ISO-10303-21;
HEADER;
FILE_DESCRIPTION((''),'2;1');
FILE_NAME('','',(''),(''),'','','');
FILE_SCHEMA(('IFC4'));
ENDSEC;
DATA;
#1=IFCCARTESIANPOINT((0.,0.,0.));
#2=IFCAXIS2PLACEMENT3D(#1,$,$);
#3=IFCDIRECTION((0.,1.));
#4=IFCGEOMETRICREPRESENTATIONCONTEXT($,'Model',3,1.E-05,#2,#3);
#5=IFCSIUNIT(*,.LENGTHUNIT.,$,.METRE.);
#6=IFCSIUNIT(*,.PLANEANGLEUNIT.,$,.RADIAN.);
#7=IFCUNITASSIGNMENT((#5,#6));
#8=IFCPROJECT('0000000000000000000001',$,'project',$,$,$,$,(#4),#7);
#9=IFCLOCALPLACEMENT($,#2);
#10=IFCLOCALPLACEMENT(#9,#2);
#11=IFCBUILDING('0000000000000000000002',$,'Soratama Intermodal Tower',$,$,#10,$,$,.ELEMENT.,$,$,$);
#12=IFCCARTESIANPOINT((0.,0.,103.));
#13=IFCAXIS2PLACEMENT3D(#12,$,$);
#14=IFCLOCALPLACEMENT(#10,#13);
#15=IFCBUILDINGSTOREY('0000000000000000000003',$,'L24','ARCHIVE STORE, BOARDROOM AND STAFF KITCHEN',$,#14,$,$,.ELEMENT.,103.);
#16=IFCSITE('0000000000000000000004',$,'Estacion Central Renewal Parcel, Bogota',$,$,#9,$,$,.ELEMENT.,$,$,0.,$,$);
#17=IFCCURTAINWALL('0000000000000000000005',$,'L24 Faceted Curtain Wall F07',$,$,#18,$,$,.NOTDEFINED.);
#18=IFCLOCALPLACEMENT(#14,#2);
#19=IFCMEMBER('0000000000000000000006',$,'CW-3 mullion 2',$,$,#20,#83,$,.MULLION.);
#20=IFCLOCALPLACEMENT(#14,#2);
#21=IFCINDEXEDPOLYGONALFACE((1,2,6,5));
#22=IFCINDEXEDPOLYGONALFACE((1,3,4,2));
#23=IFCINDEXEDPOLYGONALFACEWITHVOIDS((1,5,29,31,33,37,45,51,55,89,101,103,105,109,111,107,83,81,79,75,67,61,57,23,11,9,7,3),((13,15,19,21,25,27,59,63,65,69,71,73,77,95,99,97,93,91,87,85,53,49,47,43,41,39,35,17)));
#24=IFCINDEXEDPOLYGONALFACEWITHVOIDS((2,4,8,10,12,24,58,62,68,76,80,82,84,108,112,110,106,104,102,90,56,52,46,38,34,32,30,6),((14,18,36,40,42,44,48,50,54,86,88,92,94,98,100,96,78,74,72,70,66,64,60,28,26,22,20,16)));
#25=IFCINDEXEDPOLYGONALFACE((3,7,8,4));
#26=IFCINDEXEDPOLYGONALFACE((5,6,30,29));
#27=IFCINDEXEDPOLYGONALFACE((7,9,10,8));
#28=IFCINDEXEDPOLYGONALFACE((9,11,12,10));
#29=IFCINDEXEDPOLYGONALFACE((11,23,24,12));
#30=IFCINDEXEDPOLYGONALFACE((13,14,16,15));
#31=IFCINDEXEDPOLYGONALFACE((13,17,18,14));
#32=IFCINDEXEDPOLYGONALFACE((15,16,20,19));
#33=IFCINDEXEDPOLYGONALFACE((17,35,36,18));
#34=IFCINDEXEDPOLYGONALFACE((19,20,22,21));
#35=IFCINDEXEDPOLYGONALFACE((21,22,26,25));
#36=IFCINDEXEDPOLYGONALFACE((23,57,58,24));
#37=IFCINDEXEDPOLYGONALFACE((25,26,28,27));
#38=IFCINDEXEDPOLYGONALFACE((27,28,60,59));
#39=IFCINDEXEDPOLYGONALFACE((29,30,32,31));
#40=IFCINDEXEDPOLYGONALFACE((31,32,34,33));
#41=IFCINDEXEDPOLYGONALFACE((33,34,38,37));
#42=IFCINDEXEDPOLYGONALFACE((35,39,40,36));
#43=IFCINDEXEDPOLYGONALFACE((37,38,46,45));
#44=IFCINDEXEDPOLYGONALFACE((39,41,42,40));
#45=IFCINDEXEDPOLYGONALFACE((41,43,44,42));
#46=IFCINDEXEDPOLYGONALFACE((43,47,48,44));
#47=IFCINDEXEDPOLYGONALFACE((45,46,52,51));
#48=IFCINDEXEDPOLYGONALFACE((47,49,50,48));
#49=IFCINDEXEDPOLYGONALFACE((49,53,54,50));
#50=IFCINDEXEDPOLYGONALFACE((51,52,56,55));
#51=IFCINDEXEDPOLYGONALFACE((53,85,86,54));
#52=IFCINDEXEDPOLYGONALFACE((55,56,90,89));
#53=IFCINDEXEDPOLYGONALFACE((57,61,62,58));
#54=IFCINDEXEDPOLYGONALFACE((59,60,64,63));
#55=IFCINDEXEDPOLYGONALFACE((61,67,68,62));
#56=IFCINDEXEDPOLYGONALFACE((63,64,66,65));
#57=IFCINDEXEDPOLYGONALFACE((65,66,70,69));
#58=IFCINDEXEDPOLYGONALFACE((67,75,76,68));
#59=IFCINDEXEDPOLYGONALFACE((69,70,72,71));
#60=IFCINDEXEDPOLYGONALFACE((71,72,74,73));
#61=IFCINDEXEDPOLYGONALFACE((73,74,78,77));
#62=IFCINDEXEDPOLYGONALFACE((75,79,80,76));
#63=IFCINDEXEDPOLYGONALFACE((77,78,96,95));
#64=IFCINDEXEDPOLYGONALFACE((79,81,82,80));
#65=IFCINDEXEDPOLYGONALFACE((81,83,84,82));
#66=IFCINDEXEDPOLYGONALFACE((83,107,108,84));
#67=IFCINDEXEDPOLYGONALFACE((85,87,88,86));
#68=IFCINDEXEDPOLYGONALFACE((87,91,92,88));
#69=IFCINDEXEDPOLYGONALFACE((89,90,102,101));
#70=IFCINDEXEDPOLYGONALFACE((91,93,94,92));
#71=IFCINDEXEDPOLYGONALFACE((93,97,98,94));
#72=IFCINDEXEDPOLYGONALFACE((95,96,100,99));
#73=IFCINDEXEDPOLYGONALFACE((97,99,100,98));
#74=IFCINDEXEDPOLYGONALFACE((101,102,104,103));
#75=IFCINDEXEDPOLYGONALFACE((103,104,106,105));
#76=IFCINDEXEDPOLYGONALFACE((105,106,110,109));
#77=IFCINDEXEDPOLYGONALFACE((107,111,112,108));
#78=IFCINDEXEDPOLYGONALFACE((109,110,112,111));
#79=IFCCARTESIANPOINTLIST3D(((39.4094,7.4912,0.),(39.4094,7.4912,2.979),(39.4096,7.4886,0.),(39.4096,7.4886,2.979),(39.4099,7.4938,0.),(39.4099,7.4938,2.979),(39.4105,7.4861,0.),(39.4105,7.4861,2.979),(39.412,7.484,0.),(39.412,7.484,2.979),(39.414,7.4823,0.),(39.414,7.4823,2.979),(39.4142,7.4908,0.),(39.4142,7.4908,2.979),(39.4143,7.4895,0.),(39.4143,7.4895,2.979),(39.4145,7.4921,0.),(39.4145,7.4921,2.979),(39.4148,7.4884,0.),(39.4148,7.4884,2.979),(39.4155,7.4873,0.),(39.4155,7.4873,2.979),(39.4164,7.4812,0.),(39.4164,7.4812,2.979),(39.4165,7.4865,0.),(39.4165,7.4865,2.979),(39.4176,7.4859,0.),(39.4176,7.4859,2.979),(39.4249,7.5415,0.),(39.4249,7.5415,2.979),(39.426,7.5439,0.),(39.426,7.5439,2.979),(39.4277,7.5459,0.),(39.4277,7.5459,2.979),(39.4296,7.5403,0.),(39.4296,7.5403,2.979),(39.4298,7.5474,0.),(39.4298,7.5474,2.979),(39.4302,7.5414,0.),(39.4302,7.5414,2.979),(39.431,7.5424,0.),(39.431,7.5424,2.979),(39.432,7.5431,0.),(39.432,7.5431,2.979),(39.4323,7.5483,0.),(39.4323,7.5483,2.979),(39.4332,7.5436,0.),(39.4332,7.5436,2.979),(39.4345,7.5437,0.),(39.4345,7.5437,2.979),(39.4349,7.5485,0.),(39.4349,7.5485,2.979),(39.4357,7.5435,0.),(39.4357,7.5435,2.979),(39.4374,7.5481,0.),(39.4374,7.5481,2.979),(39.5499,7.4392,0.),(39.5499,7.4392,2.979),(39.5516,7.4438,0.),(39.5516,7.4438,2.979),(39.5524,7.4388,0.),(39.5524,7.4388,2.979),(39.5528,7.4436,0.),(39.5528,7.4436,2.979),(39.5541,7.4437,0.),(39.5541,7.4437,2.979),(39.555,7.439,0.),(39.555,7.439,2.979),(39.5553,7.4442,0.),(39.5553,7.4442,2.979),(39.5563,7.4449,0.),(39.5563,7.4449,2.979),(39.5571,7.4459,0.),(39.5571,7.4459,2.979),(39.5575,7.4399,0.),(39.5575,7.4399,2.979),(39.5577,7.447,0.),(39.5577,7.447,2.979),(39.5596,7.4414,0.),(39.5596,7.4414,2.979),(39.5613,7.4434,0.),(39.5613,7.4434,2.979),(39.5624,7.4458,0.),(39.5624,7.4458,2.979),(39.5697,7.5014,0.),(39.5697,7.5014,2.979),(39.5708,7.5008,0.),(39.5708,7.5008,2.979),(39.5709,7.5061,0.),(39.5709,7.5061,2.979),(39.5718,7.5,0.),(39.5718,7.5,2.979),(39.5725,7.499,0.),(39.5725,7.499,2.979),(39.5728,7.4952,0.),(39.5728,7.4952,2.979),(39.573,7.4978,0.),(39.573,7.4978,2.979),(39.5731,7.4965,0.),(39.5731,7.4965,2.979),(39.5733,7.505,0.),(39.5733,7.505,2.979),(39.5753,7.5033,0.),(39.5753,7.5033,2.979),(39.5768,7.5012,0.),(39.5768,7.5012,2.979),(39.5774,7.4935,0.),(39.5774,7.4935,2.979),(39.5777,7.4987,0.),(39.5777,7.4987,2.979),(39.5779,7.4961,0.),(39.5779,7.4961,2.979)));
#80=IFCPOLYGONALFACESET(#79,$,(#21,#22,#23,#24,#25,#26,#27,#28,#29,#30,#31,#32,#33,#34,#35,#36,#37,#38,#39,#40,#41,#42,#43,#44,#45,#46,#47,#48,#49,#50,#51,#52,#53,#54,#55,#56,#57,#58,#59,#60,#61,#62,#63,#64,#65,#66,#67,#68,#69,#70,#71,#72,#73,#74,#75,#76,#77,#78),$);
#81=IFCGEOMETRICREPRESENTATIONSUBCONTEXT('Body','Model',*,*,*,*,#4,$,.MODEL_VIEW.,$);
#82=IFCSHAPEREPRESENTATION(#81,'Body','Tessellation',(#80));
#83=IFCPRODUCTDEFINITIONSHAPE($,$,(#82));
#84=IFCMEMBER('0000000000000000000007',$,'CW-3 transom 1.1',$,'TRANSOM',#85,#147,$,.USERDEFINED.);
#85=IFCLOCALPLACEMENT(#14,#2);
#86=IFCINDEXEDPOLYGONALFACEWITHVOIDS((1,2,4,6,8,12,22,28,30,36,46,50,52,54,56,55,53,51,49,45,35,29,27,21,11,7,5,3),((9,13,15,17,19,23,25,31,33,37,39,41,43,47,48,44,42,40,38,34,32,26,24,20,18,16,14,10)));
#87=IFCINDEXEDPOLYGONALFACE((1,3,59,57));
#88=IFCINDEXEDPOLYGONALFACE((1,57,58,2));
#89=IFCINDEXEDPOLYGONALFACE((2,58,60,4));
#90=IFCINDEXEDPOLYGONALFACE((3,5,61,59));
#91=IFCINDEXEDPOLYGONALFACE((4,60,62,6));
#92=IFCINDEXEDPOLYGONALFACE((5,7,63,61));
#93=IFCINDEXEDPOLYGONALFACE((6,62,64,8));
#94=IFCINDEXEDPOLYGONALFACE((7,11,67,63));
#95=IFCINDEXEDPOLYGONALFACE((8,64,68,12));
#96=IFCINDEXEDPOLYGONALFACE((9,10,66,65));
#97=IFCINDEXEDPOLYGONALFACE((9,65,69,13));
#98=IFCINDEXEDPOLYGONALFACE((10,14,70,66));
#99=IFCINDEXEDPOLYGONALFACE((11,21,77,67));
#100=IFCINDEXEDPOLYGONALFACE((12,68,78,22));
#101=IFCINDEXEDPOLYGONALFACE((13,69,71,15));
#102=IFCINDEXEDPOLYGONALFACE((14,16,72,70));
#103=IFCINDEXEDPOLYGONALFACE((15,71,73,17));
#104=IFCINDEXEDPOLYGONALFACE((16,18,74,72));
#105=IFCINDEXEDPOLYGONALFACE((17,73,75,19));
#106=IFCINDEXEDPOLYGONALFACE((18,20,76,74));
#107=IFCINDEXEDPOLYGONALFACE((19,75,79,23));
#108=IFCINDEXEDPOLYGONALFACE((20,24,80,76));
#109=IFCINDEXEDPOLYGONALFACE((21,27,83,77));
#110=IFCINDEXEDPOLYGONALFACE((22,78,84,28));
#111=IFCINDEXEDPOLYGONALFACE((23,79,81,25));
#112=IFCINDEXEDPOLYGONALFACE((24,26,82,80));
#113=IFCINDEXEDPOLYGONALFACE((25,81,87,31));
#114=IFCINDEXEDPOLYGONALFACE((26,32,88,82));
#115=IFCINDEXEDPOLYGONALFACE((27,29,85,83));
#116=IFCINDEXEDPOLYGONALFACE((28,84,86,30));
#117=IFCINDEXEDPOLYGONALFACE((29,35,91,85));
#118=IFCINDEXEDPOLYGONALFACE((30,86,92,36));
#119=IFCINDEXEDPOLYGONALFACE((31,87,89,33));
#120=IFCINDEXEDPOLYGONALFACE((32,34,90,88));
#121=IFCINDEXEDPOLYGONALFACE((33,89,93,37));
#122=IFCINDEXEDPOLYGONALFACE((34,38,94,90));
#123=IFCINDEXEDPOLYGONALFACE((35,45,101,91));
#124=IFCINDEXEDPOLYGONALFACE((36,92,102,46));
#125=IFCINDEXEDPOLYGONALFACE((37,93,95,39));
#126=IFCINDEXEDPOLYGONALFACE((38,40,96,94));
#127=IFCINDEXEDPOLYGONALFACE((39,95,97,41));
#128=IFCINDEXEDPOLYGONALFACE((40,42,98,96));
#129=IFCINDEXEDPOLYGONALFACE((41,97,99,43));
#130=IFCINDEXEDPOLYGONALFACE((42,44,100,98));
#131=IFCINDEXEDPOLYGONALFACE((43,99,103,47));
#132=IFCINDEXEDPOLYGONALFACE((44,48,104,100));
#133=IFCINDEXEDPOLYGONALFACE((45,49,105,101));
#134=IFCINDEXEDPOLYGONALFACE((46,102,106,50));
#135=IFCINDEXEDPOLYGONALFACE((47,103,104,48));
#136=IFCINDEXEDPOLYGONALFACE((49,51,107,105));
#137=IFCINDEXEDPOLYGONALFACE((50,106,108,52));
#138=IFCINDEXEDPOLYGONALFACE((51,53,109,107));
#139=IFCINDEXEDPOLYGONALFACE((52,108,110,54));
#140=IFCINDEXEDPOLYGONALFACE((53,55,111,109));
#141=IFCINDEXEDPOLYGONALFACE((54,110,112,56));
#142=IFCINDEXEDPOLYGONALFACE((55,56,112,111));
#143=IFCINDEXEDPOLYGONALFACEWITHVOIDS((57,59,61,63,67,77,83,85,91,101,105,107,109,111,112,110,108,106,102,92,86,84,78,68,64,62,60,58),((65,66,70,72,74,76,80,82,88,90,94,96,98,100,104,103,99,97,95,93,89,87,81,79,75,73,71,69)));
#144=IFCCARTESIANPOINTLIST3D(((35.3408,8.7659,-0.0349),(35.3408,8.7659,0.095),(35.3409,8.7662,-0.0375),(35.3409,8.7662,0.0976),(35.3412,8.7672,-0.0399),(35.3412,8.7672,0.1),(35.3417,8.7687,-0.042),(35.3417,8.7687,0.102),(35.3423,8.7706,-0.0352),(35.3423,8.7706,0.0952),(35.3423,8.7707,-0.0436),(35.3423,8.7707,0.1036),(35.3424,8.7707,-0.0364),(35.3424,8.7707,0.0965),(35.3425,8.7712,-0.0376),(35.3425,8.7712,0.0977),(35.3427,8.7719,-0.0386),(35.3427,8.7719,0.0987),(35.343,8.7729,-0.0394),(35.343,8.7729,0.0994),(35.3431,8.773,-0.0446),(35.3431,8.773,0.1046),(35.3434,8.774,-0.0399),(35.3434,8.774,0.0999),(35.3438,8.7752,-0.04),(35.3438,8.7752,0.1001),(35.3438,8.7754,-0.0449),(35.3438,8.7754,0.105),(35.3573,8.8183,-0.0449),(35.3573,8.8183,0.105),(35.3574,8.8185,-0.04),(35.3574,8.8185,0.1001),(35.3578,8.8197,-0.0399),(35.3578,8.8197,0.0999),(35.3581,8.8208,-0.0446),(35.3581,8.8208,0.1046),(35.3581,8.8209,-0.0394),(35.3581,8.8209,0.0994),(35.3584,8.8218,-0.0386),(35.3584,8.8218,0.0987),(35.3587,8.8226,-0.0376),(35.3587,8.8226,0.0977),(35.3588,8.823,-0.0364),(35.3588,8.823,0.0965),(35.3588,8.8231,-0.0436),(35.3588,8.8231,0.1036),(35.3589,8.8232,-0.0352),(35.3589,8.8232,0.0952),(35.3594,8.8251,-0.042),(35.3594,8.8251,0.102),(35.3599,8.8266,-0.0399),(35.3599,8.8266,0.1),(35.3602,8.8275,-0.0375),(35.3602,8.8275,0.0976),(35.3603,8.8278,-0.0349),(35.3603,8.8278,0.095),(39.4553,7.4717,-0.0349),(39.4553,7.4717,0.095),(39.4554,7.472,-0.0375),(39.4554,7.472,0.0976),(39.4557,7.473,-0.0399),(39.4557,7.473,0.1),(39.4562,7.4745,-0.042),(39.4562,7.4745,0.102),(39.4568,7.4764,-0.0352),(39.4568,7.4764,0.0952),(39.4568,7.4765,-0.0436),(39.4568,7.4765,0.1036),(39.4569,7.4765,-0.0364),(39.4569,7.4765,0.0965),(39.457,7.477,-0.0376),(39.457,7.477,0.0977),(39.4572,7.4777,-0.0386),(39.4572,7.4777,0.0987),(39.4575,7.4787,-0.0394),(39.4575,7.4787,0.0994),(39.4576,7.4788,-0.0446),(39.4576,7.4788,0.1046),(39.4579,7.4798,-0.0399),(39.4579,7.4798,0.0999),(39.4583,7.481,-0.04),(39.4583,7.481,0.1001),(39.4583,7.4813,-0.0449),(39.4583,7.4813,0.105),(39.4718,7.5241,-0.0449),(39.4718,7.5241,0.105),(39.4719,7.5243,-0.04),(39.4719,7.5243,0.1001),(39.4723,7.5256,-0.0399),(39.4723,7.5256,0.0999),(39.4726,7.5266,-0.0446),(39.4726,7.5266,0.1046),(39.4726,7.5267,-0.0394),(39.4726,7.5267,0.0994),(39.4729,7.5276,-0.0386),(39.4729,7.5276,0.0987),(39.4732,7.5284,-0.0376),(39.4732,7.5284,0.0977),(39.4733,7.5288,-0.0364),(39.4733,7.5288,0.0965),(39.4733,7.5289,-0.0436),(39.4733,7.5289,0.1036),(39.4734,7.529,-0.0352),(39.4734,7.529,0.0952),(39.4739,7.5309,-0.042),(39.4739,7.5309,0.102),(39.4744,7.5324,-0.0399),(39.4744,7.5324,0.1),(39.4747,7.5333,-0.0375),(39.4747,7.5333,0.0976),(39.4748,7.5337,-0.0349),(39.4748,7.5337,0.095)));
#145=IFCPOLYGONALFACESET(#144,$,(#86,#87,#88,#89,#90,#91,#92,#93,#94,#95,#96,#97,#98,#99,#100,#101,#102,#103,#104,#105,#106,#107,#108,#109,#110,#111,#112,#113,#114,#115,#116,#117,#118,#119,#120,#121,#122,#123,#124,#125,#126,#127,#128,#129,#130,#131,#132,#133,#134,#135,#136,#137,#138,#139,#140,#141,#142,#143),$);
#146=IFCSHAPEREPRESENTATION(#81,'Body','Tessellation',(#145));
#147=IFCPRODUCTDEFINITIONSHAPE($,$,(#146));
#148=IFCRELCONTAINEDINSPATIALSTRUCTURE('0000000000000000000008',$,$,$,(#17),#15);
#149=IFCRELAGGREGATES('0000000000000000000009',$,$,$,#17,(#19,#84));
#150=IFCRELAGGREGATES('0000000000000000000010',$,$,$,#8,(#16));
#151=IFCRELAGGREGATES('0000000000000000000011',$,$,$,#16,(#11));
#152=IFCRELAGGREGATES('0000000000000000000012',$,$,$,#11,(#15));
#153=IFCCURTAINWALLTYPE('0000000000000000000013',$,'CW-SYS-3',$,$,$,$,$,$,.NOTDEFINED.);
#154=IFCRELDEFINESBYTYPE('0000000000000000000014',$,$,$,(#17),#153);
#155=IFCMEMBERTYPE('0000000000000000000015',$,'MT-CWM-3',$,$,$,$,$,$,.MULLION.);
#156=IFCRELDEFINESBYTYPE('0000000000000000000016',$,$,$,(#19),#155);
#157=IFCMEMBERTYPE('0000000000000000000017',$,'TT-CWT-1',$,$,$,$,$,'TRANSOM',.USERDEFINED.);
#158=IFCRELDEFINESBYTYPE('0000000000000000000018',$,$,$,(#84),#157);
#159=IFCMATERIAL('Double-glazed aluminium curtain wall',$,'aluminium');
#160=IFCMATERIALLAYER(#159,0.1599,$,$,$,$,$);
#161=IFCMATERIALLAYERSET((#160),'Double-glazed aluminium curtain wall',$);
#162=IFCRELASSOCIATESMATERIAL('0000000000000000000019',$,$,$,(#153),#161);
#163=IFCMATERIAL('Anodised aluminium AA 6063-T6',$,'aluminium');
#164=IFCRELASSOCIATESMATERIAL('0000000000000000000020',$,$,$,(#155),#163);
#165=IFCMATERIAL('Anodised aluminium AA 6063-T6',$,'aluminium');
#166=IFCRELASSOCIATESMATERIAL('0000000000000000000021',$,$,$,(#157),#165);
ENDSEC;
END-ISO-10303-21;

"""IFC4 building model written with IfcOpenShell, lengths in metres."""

from ifc_helpers import new_model, si_unit, direction, frame, origin, origin_2d, place, context, subcontext, project, spatial, hollow_rectangle, extrude, material, layer, layer_set, material_profile, profile_set, type_object, element, aggregate, save


model = new_model("IFC4")

# Units and contexts
model_context = context("Model", 3, precision=1e-05, world=origin(), true_north=direction((0.0, 1.0)))
body_context = subcontext(model_context, "Body", "Model", "MODEL_VIEW")
ifc_project = project(units=[si_unit("LENGTHUNIT", "METRE"), si_unit("PLANEANGLEUNIT", "RADIAN")], contexts=[model_context])

# Site, building, storey
site_placement = place(None, origin())
site = spatial("IfcSite", under=ifc_project, at=site_placement, Name="Estacion Central Renewal Parcel, Bogota", CompositionType="ELEMENT", RefElevation=0.0)
building_placement = place(site_placement, origin())
building = spatial("IfcBuilding", under=site, at=building_placement, Name="Soratama Intermodal Tower", CompositionType="ELEMENT")
storey_placement = place(building_placement, frame((0.0, 0.0, 103.0)))
storey = spatial("IfcBuildingStorey", under=building, at=storey_placement, Name="L24", Description="ARCHIVE STORE, BOARDROOM AND STAFF KITCHEN", CompositionType="ELEMENT", Elevation=103.0)

# Curtain wall, members
ifc_material_1 = material(Name="Double-glazed aluminium curtain wall", Category="aluminium")
ifc_layer_1 = layer(ifc_material_1, 0.1599)
ifc_layer_set_1 = layer_set([ifc_layer_1], Name="Double-glazed aluminium curtain wall")
curtain_wall_type = type_object("IfcCurtainWallType", Name="CW-SYS-3", PredefinedType="NOTDEFINED", material=ifc_layer_set_1)
curtain_wall_placement = place(storey_placement, origin())
curtain_wall = element("IfcCurtainWall", 1, at=curtain_wall_placement, inside=storey, type_object=curtain_wall_type, Name="L24 Faceted Curtain Wall F07", PredefinedType="NOTDEFINED")
ifc_material_2 = material(Name="Anodised aluminium AA 6063-T6", Category="aluminium")
ifc_material_profile_1 = material_profile(ifc_material_2, hollow_rectangle(XDim=0.0701, YDim=0.1599, WallThickness=0.0049, InnerFilletRadius=0.0049, OuterFilletRadius=0.01, at=origin_2d()), Name="CWM160X70X5")
ifc_profile_set_1 = profile_set([ifc_material_profile_1], Name="Anodised aluminium AA 6063-T6")
member_type_1 = type_object("IfcMemberType", Name="MT-CWM-3", PredefinedType="MULLION", material=ifc_profile_set_1)
member_1_placement = place(storey_placement, frame((39.4937, 7.4937, 0.0), z_axis=(0.0, 0.0, 1.0), x_axis=(0.300038, 0.953927, 0.0)))
member_1 = element("IfcMember", 2, at=member_1_placement, type_object=member_type_1, Name="CW-3 mullion 2", PredefinedType="MULLION", context=body_context, shape_type="SweptSolid", body=[
    extrude(hollow_rectangle(XDim=0.0701, YDim=0.1599, WallThickness=0.0049, InnerFilletRadius=0.0049, OuterFilletRadius=0.01, at=origin_2d()), origin(), (0.0, 0.0, 1.0), 2.979),
])
ifc_material_3 = material(Name="Anodised aluminium AA 6063-T6", Category="aluminium")
ifc_material_profile_2 = material_profile(ifc_material_3, hollow_rectangle(XDim=0.0649, YDim=0.1499, WallThickness=0.0049, InnerFilletRadius=0.0049, OuterFilletRadius=0.01, at=origin_2d()), Name="CWT150X65X5")
ifc_profile_set_2 = profile_set([ifc_material_profile_2], Name="Anodised aluminium AA 6063-T6")
member_type_2 = type_object("IfcMemberType", Name="TT-CWT-1", ElementType="TRANSOM", PredefinedType="USERDEFINED", material=ifc_profile_set_2)
member_2_placement = place(storey_placement, frame((35.3506, 8.7969, 0.03), z_axis=(0.953923, -0.30005, 0.0), x_axis=(0.30005, 0.953923, 0.0)))
member_2 = element("IfcMember", 3, at=member_2_placement, type_object=member_type_2, Name="CW-3 transom 1.1", ObjectType="TRANSOM", PredefinedType="USERDEFINED", context=body_context, shape_type="SweptSolid", body=[
    extrude(hollow_rectangle(XDim=0.0649, YDim=0.1499, WallThickness=0.0049, InnerFilletRadius=0.0049, OuterFilletRadius=0.01, at=origin_2d()), origin(), (0.0, 0.0, 1.0), 4.3132),
])
aggregate(curtain_wall, [member_1, member_2])

save(model, "model.ifc")
